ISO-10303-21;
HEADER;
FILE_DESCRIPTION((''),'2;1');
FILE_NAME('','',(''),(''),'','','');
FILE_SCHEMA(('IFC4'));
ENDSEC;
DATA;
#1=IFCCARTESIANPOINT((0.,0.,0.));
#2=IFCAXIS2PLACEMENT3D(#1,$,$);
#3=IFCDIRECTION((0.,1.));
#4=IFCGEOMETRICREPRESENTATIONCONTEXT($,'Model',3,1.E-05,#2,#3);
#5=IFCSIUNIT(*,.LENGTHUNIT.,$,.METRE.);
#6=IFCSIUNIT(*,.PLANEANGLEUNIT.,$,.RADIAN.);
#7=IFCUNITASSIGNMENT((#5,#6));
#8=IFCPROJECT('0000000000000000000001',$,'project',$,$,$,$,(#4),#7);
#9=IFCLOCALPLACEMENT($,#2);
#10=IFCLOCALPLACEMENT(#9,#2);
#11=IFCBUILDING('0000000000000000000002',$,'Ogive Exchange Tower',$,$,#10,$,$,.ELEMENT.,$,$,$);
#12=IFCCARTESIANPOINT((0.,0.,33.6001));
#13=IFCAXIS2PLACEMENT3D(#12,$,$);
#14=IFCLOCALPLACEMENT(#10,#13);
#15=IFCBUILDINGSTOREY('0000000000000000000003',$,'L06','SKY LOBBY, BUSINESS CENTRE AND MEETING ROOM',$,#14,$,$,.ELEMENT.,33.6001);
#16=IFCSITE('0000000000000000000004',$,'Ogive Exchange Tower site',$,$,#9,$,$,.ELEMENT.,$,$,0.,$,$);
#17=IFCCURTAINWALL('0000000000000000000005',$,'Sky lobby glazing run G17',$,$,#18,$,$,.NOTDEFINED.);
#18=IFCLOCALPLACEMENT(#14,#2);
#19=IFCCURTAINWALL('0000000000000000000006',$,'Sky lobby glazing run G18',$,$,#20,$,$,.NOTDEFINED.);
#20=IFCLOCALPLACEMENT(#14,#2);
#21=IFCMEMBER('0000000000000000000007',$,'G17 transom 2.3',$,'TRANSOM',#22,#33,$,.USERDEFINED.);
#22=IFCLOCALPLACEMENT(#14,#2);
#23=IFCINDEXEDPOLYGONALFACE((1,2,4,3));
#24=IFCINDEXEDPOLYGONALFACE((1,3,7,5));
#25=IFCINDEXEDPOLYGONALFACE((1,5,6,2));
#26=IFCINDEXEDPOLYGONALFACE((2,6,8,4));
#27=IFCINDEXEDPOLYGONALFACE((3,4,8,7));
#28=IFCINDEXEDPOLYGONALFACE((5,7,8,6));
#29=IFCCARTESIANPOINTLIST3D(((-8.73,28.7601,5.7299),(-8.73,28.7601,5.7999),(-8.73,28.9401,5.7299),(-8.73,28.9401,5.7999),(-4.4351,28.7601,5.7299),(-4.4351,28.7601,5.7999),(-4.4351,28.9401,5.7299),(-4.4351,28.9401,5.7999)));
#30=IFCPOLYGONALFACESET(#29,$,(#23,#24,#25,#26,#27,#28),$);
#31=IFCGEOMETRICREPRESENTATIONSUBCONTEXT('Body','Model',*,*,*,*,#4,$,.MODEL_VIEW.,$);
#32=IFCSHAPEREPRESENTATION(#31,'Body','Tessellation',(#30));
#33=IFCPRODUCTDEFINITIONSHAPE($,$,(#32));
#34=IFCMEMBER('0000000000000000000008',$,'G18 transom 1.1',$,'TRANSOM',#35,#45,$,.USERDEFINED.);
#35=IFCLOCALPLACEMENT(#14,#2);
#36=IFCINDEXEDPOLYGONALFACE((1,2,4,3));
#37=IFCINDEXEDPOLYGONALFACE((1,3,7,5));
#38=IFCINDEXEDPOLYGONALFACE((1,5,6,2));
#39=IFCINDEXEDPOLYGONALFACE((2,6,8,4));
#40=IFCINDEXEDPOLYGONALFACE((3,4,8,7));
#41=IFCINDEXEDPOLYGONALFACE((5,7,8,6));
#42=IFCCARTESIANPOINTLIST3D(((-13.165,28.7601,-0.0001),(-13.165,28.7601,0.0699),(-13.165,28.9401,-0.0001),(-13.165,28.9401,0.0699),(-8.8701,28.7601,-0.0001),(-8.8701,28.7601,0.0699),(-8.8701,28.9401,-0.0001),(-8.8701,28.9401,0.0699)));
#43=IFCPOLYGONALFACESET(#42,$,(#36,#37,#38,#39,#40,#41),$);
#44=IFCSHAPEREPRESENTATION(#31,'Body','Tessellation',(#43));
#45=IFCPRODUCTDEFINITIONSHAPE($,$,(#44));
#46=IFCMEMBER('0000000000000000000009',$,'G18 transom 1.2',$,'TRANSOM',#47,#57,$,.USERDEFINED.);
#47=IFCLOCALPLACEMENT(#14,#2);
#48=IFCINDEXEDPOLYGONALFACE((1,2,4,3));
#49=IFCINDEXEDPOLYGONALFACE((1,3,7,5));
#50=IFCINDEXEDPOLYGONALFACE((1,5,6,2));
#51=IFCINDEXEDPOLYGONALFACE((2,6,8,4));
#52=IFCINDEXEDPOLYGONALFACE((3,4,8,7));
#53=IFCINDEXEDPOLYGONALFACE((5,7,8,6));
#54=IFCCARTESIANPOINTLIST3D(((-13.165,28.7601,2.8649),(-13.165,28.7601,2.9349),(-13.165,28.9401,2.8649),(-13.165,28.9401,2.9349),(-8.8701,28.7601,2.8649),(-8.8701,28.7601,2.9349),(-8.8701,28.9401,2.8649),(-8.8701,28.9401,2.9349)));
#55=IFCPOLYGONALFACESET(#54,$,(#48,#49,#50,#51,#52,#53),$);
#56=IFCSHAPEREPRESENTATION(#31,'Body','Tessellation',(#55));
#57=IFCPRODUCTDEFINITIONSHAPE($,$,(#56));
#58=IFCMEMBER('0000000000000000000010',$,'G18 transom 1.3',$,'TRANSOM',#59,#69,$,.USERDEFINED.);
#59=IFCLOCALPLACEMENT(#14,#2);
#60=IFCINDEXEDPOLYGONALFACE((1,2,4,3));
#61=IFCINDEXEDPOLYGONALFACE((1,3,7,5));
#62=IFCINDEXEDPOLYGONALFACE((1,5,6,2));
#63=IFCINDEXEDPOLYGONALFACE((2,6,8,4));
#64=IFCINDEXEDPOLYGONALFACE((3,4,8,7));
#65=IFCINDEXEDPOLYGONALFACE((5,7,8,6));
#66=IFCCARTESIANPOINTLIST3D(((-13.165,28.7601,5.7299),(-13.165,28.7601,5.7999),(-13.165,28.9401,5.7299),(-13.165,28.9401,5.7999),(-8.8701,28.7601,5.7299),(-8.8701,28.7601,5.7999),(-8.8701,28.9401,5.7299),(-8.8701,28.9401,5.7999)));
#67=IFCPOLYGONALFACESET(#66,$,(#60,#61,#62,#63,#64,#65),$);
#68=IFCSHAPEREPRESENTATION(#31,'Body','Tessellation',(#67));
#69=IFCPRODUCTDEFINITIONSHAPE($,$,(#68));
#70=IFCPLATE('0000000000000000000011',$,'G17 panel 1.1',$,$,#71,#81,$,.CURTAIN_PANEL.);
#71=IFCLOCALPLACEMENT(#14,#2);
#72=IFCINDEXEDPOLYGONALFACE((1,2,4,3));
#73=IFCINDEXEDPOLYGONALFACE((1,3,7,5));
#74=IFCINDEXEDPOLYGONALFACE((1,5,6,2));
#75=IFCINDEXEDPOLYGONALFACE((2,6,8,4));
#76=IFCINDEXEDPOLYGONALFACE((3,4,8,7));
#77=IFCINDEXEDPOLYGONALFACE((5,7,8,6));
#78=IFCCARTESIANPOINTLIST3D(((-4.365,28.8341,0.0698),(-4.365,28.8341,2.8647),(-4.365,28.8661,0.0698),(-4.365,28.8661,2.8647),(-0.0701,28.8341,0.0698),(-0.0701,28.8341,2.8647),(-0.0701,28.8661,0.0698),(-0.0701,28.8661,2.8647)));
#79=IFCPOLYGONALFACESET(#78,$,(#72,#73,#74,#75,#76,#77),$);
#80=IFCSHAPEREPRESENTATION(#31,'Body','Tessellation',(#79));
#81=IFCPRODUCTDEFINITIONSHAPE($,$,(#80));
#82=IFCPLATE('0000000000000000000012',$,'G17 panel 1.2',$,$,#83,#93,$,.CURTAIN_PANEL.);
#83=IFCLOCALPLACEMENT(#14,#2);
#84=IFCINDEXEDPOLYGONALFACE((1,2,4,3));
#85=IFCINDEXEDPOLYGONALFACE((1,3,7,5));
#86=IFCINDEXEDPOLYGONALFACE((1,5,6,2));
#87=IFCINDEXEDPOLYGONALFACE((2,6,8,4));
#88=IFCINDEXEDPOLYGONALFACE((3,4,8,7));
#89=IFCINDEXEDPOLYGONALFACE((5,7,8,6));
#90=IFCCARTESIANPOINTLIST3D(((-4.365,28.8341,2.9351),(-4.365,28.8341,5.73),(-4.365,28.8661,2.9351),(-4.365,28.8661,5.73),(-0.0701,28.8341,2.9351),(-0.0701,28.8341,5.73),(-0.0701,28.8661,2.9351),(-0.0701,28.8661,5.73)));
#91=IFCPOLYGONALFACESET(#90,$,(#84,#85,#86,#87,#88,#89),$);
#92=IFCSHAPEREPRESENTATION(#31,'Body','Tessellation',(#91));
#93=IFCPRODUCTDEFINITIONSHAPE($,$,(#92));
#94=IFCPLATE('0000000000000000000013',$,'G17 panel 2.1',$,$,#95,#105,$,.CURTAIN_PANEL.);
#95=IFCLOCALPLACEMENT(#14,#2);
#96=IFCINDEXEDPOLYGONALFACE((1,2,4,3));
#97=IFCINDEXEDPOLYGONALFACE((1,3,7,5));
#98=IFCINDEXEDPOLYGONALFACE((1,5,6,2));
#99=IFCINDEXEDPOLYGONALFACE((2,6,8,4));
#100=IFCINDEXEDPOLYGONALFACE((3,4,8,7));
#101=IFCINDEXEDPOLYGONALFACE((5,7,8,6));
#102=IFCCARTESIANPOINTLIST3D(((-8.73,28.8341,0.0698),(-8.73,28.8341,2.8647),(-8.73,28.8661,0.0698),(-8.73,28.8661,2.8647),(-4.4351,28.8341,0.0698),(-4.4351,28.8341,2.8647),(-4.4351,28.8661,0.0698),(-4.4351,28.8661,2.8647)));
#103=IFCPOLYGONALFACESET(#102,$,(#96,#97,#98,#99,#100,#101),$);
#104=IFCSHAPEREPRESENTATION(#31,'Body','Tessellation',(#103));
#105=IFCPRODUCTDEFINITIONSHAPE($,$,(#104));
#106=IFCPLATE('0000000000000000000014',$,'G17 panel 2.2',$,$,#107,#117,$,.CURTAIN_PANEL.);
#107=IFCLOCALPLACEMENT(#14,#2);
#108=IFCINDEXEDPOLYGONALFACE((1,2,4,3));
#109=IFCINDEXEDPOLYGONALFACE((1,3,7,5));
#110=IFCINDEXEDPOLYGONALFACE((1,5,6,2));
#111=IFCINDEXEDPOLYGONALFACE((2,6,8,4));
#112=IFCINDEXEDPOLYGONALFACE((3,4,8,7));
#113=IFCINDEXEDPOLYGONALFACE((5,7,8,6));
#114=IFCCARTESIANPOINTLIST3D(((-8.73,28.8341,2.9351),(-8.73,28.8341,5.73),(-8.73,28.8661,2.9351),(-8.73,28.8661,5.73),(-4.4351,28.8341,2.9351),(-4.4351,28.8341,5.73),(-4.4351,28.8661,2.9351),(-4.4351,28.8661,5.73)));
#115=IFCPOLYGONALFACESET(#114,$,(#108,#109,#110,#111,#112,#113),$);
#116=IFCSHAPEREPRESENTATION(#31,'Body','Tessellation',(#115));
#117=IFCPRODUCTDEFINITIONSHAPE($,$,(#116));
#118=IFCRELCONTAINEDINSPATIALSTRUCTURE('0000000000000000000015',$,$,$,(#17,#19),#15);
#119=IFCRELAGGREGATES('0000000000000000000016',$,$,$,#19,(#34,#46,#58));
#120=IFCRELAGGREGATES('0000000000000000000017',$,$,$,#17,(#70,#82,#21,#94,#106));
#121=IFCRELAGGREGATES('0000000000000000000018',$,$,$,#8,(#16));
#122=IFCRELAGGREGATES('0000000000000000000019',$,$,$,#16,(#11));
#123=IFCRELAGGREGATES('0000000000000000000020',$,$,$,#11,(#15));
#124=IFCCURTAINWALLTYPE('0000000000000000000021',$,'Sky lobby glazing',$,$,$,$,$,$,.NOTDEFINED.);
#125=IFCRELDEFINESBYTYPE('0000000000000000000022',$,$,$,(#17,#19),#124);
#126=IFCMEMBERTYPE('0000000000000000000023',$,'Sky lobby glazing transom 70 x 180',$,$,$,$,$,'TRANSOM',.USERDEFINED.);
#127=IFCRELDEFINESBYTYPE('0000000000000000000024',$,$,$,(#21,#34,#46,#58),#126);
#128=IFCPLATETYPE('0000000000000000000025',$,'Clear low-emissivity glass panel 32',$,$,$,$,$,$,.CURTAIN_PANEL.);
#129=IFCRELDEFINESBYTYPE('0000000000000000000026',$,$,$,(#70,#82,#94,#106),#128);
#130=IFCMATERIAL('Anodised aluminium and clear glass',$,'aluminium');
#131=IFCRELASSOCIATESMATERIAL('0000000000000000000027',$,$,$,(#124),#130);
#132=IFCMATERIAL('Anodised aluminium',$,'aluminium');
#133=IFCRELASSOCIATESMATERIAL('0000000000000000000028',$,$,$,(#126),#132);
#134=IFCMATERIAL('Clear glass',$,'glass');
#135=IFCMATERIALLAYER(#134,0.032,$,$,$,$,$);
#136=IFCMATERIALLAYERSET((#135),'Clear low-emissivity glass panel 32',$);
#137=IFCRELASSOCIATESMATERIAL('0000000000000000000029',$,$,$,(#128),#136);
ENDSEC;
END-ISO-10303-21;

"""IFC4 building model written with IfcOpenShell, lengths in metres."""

from ifc_helpers import new_model, si_unit, direction, frame, origin, origin_2d, place, context, subcontext, project, spatial, rectangle, extrude, material, layer, layer_set, material_profile, profile_set, type_object, element, aggregate, save


model = new_model("IFC4")

# Units and contexts
model_context = context("Model", 3, precision=1e-05, world=origin(), true_north=direction((0.0, 1.0)))
body_context = subcontext(model_context, "Body", "Model", "MODEL_VIEW")
ifc_project = project(units=[si_unit("LENGTHUNIT", "METRE"), si_unit("PLANEANGLEUNIT", "RADIAN")], contexts=[model_context])

# Site, building, storey
site_placement = place(None, origin())
site = spatial("IfcSite", under=ifc_project, at=site_placement, Name="Ogive Exchange Tower site", CompositionType="ELEMENT", RefElevation=0.0)
building_placement = place(site_placement, origin())
building = spatial("IfcBuilding", under=site, at=building_placement, Name="Ogive Exchange Tower", CompositionType="ELEMENT")
storey_placement = place(building_placement, frame((0.0, 0.0, 33.6001)))
storey = spatial("IfcBuildingStorey", under=building, at=storey_placement, Name="L06", Description="SKY LOBBY, BUSINESS CENTRE AND MEETING ROOM", CompositionType="ELEMENT", Elevation=33.6001)

# Curtain wall
ifc_material_1 = material(Name="Anodised aluminium and clear glass", Category="aluminium")
curtain_wall_type = type_object("IfcCurtainWallType", Name="Sky lobby glazing", PredefinedType="NOTDEFINED", material=ifc_material_1)
curtain_wall_1_placement = place(storey_placement, origin())
curtain_wall_1 = element("IfcCurtainWall", 1, at=curtain_wall_1_placement, inside=storey, type_object=curtain_wall_type, Name="Sky lobby glazing run G17", PredefinedType="NOTDEFINED")
ifc_material_2 = material(Name="Anodised aluminium", Category="aluminium")

# Curtain wall
curtain_wall_2_placement = place(storey_placement, origin())
curtain_wall_2 = element("IfcCurtainWall", 2, at=curtain_wall_2_placement, inside=storey, type_object=curtain_wall_type, Name="Sky lobby glazing run G18", PredefinedType="NOTDEFINED")

# Members
ifc_material_profile_1 = material_profile(ifc_material_2, rectangle(XDim=0.1799, YDim=0.0701, at=origin_2d()), Name="AL 70x180")
ifc_profile_set_1 = profile_set([ifc_material_profile_1], Name="Anodised aluminium")
member_type_1 = type_object("IfcMemberType", Name="Sky lobby glazing transom 70 x 180", ElementType="TRANSOM", PredefinedType="USERDEFINED", material=ifc_profile_set_1)
member_1_placement = place(storey_placement, frame((-4.4351, 28.8501, 5.7649), z_axis=(-1.0, 0.0, 0.0), x_axis=(0.0, -1.0, 0.0)))
member_1 = element("IfcMember", 3, at=member_1_placement, type_object=member_type_1, Name="G17 transom 2.3", ObjectType="TRANSOM", PredefinedType="USERDEFINED", context=body_context, shape_type="SweptSolid", body=[
    extrude(rectangle(XDim=0.1799, YDim=0.0701, at=origin_2d()), origin(), (0.0, 0.0, 1.0), 4.2949),
])
member_2_placement = place(storey_placement, frame((-8.8701, 28.8501, 0.0349), z_axis=(-1.0, 0.0, 0.0), x_axis=(0.0, -1.0, 0.0)))
member_2 = element("IfcMember", 4, at=member_2_placement, type_object=member_type_1, Name="G18 transom 1.1", ObjectType="TRANSOM", PredefinedType="USERDEFINED", context=body_context, shape_type="SweptSolid", body=[
    extrude(rectangle(XDim=0.1799, YDim=0.0701, at=origin_2d()), origin(), (0.0, 0.0, 1.0), 4.2949),
])
member_3_placement = place(storey_placement, frame((-8.8701, 28.8501, 2.8999), z_axis=(-1.0, 0.0, 0.0), x_axis=(0.0, -1.0, 0.0)))
member_3 = element("IfcMember", 5, at=member_3_placement, type_object=member_type_1, Name="G18 transom 1.2", ObjectType="TRANSOM", PredefinedType="USERDEFINED", context=body_context, shape_type="SweptSolid", body=[
    extrude(rectangle(XDim=0.1799, YDim=0.0701, at=origin_2d()), origin(), (0.0, 0.0, 1.0), 4.2949),
])
member_4_placement = place(storey_placement, frame((-8.8701, 28.8501, 5.7649), z_axis=(-1.0, 0.0, 0.0), x_axis=(0.0, -1.0, 0.0)))
member_4 = element("IfcMember", 6, at=member_4_placement, type_object=member_type_1, Name="G18 transom 1.3", ObjectType="TRANSOM", PredefinedType="USERDEFINED", context=body_context, shape_type="SweptSolid", body=[
    extrude(rectangle(XDim=0.1799, YDim=0.0701, at=origin_2d()), origin(), (0.0, 0.0, 1.0), 4.2949),
])
aggregate(curtain_wall_2, [member_2, member_3, member_4])

# Plates
ifc_material_3 = material(Name="Clear glass", Category="glass")
ifc_layer = layer(ifc_material_3, 0.032)
ifc_layer_set = layer_set([ifc_layer], Name="Clear low-emissivity glass panel 32")
plate_type = type_object("IfcPlateType", Name="Clear low-emissivity glass panel 32", PredefinedType="CURTAIN_PANEL", material=ifc_layer_set)
plate_1_placement = place(storey_placement, frame((-2.2175, 28.8501, 0.0698), z_axis=(0.0, 0.0, 1.0), x_axis=(-1.0, 0.0, 0.0)))
plate_1 = element("IfcPlate", 7, at=plate_1_placement, type_object=plate_type, Name="G17 panel 1.1", PredefinedType="CURTAIN_PANEL", context=body_context, shape_type="SweptSolid", body=[
    extrude(rectangle(XDim=4.2949, YDim=0.032, at=origin_2d()), origin(), (0.0, 0.0, 1.0), 2.7949),
])
plate_2_placement = place(storey_placement, frame((-2.2175, 28.8501, 2.9351), z_axis=(0.0, 0.0, 1.0), x_axis=(-1.0, 0.0, 0.0)))
plate_2 = element("IfcPlate", 8, at=plate_2_placement, type_object=plate_type, Name="G17 panel 1.2", PredefinedType="CURTAIN_PANEL", context=body_context, shape_type="SweptSolid", body=[
    extrude(rectangle(XDim=4.2949, YDim=0.032, at=origin_2d()), origin(), (0.0, 0.0, 1.0), 2.7949),
])
plate_3_placement = place(storey_placement, frame((-6.5825, 28.8501, 0.0698), z_axis=(0.0, 0.0, 1.0), x_axis=(-1.0, 0.0, 0.0)))
plate_3 = element("IfcPlate", 9, at=plate_3_placement, type_object=plate_type, Name="G17 panel 2.1", PredefinedType="CURTAIN_PANEL", context=body_context, shape_type="SweptSolid", body=[
    extrude(rectangle(XDim=4.2949, YDim=0.032, at=origin_2d()), origin(), (0.0, 0.0, 1.0), 2.7949),
])
plate_4_placement = place(storey_placement, frame((-6.5825, 28.8501, 2.9351), z_axis=(0.0, 0.0, 1.0), x_axis=(-1.0, 0.0, 0.0)))
plate_4 = element("IfcPlate", 10, at=plate_4_placement, type_object=plate_type, Name="G17 panel 2.2", PredefinedType="CURTAIN_PANEL", context=body_context, shape_type="SweptSolid", body=[
    extrude(rectangle(XDim=4.2949, YDim=0.032, at=origin_2d()), origin(), (0.0, 0.0, 1.0), 2.7949),
])
aggregate(curtain_wall_1, [plate_1, plate_2, member_1, plate_3, plate_4])

save(model, "model.ifc")
